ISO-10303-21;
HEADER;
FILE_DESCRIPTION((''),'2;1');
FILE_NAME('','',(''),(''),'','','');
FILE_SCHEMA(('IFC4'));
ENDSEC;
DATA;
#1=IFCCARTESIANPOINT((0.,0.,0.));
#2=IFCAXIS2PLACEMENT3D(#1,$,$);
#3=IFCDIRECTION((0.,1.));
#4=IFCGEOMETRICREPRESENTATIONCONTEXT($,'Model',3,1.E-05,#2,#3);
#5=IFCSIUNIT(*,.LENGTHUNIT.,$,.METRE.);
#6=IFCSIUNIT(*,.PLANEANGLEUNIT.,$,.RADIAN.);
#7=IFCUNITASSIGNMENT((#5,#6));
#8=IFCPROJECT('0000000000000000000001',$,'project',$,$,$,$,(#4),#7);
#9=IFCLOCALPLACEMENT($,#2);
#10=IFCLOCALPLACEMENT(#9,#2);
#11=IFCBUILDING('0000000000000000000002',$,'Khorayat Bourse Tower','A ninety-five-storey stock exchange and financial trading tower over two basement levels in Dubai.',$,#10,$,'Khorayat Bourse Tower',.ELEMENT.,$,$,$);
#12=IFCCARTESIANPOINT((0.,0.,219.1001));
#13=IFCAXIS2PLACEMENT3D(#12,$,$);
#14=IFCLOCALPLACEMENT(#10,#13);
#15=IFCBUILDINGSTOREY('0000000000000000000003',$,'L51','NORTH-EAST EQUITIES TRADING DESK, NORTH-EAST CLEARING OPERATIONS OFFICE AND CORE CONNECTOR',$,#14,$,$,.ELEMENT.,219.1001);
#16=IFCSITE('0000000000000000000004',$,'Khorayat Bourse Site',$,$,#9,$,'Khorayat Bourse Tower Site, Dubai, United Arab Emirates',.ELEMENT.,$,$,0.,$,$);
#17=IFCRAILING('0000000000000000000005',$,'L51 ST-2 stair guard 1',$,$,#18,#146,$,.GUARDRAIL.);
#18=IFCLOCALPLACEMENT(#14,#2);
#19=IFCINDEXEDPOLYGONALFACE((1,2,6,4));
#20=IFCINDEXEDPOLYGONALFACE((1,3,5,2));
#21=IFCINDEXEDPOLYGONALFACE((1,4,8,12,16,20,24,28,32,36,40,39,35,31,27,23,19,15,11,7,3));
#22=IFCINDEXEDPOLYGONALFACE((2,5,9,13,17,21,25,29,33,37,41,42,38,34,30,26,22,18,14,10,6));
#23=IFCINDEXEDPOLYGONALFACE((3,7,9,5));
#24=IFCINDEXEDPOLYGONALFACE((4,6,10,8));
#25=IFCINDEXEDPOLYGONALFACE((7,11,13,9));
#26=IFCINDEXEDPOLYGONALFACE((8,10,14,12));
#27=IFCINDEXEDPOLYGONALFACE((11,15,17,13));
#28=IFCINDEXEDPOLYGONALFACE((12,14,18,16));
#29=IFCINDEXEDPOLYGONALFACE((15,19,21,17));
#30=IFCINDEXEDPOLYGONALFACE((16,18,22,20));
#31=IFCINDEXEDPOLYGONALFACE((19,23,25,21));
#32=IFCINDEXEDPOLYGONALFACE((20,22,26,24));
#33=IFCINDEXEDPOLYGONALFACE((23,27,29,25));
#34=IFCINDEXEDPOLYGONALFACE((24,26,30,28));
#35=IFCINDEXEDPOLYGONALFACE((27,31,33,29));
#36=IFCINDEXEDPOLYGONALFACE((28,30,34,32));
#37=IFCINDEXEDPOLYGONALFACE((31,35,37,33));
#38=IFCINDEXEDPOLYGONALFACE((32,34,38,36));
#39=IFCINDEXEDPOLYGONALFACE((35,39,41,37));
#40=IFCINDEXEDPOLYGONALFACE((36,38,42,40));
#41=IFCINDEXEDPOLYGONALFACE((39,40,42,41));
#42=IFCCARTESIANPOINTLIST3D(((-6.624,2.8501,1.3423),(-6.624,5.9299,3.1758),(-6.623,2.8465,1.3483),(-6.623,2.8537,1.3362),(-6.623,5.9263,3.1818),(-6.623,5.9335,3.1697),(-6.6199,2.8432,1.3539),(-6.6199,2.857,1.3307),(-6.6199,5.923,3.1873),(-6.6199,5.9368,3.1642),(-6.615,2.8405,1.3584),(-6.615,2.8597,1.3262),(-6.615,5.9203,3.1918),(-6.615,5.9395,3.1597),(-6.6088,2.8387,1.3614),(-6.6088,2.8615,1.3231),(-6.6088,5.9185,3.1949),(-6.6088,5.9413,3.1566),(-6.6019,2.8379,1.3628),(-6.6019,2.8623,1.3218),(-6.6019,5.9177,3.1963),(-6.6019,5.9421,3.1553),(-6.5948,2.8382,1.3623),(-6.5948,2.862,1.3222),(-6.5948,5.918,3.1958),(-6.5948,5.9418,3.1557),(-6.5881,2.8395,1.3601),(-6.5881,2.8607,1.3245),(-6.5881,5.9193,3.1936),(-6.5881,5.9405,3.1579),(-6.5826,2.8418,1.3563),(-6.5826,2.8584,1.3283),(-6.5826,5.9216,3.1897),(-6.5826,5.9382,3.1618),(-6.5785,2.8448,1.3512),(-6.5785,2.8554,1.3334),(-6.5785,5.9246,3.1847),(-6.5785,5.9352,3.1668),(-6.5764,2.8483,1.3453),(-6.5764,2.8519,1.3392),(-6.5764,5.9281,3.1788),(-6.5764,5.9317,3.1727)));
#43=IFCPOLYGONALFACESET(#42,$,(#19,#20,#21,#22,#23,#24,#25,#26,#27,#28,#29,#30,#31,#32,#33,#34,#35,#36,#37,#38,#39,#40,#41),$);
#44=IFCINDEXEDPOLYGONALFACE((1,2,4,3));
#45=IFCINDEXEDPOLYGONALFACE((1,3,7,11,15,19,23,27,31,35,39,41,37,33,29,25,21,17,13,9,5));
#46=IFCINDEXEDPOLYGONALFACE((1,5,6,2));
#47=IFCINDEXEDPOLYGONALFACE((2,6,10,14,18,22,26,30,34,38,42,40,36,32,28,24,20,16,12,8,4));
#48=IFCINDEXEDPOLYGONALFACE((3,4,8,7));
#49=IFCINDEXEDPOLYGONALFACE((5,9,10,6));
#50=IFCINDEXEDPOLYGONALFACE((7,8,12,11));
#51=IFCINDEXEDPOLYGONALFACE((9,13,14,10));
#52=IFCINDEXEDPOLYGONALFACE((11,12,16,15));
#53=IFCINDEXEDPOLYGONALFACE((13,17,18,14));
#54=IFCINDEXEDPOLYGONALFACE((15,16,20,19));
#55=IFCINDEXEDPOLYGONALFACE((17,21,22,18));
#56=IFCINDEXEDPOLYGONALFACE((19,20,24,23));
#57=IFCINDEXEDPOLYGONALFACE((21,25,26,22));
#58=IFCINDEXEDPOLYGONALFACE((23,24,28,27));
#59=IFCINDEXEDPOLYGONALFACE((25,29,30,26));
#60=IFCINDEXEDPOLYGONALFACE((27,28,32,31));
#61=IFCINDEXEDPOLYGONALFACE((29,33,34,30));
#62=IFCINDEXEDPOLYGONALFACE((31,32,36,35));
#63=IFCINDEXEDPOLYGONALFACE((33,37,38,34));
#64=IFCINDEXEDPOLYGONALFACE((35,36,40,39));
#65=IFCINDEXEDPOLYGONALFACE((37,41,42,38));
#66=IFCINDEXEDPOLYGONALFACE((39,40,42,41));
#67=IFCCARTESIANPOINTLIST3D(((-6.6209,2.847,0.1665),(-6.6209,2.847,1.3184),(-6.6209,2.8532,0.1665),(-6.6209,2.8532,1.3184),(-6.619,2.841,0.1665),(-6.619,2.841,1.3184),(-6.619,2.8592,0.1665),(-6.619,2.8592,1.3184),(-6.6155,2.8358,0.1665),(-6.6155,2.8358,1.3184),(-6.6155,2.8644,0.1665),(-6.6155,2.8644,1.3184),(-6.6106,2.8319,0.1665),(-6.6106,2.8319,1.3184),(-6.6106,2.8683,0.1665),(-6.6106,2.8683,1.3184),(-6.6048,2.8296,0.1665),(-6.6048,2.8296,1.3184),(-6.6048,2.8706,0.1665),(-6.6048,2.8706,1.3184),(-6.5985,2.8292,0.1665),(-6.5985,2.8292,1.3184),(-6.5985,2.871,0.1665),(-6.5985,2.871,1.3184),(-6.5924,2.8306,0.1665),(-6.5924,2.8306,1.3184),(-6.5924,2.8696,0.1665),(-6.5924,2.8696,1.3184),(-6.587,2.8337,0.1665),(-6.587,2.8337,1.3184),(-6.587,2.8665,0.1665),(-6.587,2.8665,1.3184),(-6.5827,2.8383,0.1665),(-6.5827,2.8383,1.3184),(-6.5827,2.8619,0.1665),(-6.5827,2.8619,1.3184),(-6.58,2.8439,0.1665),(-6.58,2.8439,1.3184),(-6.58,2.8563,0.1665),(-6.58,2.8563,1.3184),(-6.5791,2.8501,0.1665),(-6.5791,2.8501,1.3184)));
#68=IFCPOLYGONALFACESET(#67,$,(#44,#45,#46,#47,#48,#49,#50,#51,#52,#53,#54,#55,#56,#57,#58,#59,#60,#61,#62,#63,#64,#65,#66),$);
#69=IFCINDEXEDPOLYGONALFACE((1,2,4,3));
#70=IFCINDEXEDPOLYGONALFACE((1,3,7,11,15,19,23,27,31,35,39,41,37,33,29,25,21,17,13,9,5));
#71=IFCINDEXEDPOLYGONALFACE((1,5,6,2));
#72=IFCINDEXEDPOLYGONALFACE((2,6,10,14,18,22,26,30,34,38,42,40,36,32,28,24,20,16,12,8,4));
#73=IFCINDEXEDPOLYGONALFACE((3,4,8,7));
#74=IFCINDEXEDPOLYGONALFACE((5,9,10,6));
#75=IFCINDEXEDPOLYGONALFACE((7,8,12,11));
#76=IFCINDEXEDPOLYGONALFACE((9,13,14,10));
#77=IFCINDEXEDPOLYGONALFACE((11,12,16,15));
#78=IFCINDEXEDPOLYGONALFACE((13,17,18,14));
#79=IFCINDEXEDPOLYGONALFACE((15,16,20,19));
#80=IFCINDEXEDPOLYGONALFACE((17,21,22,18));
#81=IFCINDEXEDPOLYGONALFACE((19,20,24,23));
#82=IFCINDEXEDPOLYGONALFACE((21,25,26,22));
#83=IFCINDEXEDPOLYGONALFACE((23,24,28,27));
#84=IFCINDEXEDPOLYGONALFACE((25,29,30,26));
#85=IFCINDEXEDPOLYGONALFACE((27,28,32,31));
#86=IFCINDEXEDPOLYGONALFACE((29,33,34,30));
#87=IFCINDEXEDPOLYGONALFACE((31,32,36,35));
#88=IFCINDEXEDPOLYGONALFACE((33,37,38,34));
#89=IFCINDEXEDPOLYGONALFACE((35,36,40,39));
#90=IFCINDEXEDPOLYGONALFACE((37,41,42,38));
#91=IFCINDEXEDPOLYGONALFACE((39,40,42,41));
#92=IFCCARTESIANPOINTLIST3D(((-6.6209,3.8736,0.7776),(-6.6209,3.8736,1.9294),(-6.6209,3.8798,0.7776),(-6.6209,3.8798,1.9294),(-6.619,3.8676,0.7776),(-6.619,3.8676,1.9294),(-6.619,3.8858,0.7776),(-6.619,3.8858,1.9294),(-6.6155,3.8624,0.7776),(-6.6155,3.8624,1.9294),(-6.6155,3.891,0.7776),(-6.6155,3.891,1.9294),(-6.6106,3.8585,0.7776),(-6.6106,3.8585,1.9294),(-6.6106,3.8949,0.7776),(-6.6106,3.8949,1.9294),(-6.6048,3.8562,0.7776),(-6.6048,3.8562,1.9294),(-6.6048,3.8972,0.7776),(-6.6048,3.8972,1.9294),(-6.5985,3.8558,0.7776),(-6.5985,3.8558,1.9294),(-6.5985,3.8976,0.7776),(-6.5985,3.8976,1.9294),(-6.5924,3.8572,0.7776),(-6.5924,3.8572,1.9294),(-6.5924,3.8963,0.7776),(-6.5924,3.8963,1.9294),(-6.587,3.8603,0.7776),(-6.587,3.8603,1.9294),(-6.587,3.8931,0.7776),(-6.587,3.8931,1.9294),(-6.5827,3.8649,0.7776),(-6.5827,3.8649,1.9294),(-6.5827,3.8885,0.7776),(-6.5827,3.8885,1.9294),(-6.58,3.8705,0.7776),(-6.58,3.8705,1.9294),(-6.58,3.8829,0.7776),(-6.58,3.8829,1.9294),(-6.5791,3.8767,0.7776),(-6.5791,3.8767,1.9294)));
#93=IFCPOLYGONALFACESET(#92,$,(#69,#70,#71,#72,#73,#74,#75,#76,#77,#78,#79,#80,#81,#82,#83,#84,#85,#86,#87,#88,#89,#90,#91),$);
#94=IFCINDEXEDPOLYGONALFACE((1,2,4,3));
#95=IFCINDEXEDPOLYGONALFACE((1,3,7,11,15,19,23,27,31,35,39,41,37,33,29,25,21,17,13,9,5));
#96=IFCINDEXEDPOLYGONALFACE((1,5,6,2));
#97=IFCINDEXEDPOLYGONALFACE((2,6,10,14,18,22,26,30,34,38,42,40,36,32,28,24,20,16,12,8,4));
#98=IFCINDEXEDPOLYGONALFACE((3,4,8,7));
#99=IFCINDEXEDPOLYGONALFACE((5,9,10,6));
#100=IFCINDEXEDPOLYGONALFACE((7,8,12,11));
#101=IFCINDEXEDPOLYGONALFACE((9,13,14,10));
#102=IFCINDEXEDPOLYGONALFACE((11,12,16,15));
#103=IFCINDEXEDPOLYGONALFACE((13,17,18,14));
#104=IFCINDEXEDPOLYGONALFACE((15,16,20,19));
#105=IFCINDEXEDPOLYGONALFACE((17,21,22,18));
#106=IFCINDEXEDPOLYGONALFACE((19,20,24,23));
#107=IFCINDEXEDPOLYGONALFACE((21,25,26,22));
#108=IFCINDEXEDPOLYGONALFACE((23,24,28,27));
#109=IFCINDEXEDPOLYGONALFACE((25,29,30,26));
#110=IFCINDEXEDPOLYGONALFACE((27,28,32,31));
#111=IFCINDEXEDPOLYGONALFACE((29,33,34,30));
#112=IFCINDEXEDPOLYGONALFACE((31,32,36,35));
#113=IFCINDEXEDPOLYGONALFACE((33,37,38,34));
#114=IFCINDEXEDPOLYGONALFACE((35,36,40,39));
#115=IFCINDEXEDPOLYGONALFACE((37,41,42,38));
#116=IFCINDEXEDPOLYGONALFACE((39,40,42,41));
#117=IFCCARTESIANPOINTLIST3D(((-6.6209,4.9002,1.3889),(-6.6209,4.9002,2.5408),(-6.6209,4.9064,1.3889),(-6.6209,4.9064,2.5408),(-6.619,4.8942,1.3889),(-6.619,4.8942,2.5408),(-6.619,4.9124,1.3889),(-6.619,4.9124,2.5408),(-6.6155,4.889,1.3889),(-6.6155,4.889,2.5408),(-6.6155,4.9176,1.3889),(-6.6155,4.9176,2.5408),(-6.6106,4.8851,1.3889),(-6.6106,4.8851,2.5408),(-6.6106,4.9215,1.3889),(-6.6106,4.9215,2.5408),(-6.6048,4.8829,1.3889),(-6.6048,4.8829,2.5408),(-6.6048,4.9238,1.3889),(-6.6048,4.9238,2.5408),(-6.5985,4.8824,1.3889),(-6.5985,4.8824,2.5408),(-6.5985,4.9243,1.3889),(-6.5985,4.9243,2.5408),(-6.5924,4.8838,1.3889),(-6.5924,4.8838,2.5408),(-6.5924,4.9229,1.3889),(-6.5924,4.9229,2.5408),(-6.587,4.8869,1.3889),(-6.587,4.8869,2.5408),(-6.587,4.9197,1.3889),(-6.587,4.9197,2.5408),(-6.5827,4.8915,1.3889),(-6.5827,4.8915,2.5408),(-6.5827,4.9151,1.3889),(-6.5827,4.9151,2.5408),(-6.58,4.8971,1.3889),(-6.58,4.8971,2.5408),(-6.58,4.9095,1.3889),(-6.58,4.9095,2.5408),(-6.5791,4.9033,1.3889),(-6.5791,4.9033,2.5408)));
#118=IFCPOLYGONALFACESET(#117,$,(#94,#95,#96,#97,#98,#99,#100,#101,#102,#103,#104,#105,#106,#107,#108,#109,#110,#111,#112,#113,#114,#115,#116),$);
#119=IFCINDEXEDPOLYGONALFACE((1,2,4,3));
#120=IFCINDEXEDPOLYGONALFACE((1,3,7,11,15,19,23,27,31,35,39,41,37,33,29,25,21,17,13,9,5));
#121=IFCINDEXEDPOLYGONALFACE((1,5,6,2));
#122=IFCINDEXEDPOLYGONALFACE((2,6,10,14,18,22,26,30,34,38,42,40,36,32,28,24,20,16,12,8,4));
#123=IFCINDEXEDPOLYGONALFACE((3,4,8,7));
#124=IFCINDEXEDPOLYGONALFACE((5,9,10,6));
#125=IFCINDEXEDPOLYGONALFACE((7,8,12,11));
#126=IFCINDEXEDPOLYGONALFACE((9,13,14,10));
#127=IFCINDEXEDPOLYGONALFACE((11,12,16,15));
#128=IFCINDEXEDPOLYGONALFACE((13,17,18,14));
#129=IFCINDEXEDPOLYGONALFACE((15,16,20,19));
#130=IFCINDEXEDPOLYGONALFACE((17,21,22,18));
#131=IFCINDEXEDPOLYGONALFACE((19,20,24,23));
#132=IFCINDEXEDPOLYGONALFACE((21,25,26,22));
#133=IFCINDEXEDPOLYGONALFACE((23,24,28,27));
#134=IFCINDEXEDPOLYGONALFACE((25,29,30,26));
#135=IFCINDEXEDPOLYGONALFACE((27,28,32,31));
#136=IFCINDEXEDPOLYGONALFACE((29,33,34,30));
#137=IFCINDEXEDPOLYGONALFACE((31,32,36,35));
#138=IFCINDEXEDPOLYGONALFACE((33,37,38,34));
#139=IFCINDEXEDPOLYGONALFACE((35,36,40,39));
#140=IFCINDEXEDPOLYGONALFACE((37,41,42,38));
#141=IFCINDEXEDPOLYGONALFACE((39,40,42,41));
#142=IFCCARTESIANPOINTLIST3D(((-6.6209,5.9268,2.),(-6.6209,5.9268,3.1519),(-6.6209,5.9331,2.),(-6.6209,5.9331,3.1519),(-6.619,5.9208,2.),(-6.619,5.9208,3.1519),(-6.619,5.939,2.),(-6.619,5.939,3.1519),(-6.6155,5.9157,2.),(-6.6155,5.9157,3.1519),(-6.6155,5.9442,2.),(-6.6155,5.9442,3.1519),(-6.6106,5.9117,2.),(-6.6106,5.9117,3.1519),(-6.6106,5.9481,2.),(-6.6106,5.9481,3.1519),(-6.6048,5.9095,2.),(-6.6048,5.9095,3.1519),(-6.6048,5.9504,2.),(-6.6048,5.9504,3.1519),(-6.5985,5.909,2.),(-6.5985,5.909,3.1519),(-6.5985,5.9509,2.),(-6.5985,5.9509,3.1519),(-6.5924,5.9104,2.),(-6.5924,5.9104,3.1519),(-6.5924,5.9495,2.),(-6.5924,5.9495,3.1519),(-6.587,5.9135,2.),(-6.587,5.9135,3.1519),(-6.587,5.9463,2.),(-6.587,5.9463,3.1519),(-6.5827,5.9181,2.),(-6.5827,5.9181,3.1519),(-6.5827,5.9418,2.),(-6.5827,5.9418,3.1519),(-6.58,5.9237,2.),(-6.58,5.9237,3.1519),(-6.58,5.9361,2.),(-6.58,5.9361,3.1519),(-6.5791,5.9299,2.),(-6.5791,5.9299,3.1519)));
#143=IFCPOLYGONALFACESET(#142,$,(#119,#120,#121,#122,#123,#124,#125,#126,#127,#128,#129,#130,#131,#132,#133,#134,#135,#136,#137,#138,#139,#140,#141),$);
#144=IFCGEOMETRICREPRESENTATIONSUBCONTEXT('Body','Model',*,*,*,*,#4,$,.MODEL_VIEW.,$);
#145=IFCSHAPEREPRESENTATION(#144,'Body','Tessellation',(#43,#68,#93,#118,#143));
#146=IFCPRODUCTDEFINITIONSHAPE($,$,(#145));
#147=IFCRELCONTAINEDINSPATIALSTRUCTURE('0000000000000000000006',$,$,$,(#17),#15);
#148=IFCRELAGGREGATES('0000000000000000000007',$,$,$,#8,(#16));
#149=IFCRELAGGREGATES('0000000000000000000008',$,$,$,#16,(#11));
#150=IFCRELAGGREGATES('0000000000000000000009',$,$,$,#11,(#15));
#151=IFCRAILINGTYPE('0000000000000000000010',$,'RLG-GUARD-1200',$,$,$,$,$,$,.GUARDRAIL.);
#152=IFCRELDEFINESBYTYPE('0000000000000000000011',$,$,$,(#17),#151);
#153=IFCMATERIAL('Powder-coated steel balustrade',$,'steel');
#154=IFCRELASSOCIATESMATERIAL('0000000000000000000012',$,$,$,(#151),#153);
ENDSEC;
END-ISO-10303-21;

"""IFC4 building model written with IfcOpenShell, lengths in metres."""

from ifc_helpers import new_model, si_unit, direction, frame, origin, origin_2d, place, context, subcontext, project, spatial, circle, extrude, source, transform, mapped, material, type_object, element, save


model = new_model("IFC4")

# Units and contexts
model_context = context("Model", 3, precision=1e-05, world=origin(), true_north=direction((0.0, 1.0)))
body_context = subcontext(model_context, "Body", "Model", "MODEL_VIEW")
ifc_project = project(units=[si_unit("LENGTHUNIT", "METRE"), si_unit("PLANEANGLEUNIT", "RADIAN")], contexts=[model_context])

# Site, building, storey
site_placement = place(None, origin())
site = spatial("IfcSite", under=ifc_project, at=site_placement, Name="Khorayat Bourse Site", LongName="Khorayat Bourse Tower Site, Dubai, United Arab Emirates", CompositionType="ELEMENT", RefElevation=0.0)
building_placement = place(site_placement, origin())
building = spatial("IfcBuilding", under=site, at=building_placement, Name="Khorayat Bourse Tower", Description="A ninety-five-storey stock exchange and financial trading tower over two basement levels in Dubai.", LongName="Khorayat Bourse Tower", CompositionType="ELEMENT")
storey_placement = place(building_placement, frame((0.0, 0.0, 219.1001)))
storey = spatial("IfcBuildingStorey", under=building, at=storey_placement, Name="L51", Description="NORTH-EAST EQUITIES TRADING DESK, NORTH-EAST CLEARING OPERATIONS OFFICE AND CORE CONNECTOR", CompositionType="ELEMENT", Elevation=219.1001)

# Railing
ifc_material_1 = material(Name="Powder-coated steel balustrade", Category="steel")
railing_type_1 = type_object("IfcRailingType", Name="RLG-GUARD-1200", PredefinedType="GUARDRAIL", material=ifc_material_1)
shared_shape_1 = source(origin(), body_context, "Body", "SweptSolid", [
    extrude(circle(Radius=0.0239, at=origin_2d()), frame((0.0, 0.0, 1.1758), z_axis=(0.0, 0.859261, 0.511538), x_axis=(-1.0, 0.0, 0.0)), (0.0, 0.0, 1.0), 3.5842),
    extrude(circle(Radius=0.021, at=origin_2d()), origin(), (0.0, 0.0, 1.0), 1.1519),
    extrude(circle(Radius=0.021, at=origin_2d()), frame((0.0, 1.0266, 0.6111)), (0.0, 0.0, 1.0), 1.1519),
    extrude(circle(Radius=0.021, at=origin_2d()), frame((0.0, 2.0532, 1.2224)), (0.0, 0.0, 1.0), 1.1519),
    extrude(circle(Radius=0.021, at=origin_2d()), frame((0.0, 3.0798, 1.8335)), (0.0, 0.0, 1.0), 1.1519),
])
railing_1_placement = place(storey_placement, frame((-6.6001, 2.8501, 0.1665)))
element("IfcRailing", 1, at=railing_1_placement, inside=storey, type_object=railing_type_1, Name="L51 ST-2 stair guard 1", PredefinedType="GUARDRAIL", context=body_context, shape_type="MappedRepresentation", body=[
    mapped(shared_shape_1, transform((0.0, 0.0, 0.0), scale=1.0)),
])

save(model, "model.ifc")
